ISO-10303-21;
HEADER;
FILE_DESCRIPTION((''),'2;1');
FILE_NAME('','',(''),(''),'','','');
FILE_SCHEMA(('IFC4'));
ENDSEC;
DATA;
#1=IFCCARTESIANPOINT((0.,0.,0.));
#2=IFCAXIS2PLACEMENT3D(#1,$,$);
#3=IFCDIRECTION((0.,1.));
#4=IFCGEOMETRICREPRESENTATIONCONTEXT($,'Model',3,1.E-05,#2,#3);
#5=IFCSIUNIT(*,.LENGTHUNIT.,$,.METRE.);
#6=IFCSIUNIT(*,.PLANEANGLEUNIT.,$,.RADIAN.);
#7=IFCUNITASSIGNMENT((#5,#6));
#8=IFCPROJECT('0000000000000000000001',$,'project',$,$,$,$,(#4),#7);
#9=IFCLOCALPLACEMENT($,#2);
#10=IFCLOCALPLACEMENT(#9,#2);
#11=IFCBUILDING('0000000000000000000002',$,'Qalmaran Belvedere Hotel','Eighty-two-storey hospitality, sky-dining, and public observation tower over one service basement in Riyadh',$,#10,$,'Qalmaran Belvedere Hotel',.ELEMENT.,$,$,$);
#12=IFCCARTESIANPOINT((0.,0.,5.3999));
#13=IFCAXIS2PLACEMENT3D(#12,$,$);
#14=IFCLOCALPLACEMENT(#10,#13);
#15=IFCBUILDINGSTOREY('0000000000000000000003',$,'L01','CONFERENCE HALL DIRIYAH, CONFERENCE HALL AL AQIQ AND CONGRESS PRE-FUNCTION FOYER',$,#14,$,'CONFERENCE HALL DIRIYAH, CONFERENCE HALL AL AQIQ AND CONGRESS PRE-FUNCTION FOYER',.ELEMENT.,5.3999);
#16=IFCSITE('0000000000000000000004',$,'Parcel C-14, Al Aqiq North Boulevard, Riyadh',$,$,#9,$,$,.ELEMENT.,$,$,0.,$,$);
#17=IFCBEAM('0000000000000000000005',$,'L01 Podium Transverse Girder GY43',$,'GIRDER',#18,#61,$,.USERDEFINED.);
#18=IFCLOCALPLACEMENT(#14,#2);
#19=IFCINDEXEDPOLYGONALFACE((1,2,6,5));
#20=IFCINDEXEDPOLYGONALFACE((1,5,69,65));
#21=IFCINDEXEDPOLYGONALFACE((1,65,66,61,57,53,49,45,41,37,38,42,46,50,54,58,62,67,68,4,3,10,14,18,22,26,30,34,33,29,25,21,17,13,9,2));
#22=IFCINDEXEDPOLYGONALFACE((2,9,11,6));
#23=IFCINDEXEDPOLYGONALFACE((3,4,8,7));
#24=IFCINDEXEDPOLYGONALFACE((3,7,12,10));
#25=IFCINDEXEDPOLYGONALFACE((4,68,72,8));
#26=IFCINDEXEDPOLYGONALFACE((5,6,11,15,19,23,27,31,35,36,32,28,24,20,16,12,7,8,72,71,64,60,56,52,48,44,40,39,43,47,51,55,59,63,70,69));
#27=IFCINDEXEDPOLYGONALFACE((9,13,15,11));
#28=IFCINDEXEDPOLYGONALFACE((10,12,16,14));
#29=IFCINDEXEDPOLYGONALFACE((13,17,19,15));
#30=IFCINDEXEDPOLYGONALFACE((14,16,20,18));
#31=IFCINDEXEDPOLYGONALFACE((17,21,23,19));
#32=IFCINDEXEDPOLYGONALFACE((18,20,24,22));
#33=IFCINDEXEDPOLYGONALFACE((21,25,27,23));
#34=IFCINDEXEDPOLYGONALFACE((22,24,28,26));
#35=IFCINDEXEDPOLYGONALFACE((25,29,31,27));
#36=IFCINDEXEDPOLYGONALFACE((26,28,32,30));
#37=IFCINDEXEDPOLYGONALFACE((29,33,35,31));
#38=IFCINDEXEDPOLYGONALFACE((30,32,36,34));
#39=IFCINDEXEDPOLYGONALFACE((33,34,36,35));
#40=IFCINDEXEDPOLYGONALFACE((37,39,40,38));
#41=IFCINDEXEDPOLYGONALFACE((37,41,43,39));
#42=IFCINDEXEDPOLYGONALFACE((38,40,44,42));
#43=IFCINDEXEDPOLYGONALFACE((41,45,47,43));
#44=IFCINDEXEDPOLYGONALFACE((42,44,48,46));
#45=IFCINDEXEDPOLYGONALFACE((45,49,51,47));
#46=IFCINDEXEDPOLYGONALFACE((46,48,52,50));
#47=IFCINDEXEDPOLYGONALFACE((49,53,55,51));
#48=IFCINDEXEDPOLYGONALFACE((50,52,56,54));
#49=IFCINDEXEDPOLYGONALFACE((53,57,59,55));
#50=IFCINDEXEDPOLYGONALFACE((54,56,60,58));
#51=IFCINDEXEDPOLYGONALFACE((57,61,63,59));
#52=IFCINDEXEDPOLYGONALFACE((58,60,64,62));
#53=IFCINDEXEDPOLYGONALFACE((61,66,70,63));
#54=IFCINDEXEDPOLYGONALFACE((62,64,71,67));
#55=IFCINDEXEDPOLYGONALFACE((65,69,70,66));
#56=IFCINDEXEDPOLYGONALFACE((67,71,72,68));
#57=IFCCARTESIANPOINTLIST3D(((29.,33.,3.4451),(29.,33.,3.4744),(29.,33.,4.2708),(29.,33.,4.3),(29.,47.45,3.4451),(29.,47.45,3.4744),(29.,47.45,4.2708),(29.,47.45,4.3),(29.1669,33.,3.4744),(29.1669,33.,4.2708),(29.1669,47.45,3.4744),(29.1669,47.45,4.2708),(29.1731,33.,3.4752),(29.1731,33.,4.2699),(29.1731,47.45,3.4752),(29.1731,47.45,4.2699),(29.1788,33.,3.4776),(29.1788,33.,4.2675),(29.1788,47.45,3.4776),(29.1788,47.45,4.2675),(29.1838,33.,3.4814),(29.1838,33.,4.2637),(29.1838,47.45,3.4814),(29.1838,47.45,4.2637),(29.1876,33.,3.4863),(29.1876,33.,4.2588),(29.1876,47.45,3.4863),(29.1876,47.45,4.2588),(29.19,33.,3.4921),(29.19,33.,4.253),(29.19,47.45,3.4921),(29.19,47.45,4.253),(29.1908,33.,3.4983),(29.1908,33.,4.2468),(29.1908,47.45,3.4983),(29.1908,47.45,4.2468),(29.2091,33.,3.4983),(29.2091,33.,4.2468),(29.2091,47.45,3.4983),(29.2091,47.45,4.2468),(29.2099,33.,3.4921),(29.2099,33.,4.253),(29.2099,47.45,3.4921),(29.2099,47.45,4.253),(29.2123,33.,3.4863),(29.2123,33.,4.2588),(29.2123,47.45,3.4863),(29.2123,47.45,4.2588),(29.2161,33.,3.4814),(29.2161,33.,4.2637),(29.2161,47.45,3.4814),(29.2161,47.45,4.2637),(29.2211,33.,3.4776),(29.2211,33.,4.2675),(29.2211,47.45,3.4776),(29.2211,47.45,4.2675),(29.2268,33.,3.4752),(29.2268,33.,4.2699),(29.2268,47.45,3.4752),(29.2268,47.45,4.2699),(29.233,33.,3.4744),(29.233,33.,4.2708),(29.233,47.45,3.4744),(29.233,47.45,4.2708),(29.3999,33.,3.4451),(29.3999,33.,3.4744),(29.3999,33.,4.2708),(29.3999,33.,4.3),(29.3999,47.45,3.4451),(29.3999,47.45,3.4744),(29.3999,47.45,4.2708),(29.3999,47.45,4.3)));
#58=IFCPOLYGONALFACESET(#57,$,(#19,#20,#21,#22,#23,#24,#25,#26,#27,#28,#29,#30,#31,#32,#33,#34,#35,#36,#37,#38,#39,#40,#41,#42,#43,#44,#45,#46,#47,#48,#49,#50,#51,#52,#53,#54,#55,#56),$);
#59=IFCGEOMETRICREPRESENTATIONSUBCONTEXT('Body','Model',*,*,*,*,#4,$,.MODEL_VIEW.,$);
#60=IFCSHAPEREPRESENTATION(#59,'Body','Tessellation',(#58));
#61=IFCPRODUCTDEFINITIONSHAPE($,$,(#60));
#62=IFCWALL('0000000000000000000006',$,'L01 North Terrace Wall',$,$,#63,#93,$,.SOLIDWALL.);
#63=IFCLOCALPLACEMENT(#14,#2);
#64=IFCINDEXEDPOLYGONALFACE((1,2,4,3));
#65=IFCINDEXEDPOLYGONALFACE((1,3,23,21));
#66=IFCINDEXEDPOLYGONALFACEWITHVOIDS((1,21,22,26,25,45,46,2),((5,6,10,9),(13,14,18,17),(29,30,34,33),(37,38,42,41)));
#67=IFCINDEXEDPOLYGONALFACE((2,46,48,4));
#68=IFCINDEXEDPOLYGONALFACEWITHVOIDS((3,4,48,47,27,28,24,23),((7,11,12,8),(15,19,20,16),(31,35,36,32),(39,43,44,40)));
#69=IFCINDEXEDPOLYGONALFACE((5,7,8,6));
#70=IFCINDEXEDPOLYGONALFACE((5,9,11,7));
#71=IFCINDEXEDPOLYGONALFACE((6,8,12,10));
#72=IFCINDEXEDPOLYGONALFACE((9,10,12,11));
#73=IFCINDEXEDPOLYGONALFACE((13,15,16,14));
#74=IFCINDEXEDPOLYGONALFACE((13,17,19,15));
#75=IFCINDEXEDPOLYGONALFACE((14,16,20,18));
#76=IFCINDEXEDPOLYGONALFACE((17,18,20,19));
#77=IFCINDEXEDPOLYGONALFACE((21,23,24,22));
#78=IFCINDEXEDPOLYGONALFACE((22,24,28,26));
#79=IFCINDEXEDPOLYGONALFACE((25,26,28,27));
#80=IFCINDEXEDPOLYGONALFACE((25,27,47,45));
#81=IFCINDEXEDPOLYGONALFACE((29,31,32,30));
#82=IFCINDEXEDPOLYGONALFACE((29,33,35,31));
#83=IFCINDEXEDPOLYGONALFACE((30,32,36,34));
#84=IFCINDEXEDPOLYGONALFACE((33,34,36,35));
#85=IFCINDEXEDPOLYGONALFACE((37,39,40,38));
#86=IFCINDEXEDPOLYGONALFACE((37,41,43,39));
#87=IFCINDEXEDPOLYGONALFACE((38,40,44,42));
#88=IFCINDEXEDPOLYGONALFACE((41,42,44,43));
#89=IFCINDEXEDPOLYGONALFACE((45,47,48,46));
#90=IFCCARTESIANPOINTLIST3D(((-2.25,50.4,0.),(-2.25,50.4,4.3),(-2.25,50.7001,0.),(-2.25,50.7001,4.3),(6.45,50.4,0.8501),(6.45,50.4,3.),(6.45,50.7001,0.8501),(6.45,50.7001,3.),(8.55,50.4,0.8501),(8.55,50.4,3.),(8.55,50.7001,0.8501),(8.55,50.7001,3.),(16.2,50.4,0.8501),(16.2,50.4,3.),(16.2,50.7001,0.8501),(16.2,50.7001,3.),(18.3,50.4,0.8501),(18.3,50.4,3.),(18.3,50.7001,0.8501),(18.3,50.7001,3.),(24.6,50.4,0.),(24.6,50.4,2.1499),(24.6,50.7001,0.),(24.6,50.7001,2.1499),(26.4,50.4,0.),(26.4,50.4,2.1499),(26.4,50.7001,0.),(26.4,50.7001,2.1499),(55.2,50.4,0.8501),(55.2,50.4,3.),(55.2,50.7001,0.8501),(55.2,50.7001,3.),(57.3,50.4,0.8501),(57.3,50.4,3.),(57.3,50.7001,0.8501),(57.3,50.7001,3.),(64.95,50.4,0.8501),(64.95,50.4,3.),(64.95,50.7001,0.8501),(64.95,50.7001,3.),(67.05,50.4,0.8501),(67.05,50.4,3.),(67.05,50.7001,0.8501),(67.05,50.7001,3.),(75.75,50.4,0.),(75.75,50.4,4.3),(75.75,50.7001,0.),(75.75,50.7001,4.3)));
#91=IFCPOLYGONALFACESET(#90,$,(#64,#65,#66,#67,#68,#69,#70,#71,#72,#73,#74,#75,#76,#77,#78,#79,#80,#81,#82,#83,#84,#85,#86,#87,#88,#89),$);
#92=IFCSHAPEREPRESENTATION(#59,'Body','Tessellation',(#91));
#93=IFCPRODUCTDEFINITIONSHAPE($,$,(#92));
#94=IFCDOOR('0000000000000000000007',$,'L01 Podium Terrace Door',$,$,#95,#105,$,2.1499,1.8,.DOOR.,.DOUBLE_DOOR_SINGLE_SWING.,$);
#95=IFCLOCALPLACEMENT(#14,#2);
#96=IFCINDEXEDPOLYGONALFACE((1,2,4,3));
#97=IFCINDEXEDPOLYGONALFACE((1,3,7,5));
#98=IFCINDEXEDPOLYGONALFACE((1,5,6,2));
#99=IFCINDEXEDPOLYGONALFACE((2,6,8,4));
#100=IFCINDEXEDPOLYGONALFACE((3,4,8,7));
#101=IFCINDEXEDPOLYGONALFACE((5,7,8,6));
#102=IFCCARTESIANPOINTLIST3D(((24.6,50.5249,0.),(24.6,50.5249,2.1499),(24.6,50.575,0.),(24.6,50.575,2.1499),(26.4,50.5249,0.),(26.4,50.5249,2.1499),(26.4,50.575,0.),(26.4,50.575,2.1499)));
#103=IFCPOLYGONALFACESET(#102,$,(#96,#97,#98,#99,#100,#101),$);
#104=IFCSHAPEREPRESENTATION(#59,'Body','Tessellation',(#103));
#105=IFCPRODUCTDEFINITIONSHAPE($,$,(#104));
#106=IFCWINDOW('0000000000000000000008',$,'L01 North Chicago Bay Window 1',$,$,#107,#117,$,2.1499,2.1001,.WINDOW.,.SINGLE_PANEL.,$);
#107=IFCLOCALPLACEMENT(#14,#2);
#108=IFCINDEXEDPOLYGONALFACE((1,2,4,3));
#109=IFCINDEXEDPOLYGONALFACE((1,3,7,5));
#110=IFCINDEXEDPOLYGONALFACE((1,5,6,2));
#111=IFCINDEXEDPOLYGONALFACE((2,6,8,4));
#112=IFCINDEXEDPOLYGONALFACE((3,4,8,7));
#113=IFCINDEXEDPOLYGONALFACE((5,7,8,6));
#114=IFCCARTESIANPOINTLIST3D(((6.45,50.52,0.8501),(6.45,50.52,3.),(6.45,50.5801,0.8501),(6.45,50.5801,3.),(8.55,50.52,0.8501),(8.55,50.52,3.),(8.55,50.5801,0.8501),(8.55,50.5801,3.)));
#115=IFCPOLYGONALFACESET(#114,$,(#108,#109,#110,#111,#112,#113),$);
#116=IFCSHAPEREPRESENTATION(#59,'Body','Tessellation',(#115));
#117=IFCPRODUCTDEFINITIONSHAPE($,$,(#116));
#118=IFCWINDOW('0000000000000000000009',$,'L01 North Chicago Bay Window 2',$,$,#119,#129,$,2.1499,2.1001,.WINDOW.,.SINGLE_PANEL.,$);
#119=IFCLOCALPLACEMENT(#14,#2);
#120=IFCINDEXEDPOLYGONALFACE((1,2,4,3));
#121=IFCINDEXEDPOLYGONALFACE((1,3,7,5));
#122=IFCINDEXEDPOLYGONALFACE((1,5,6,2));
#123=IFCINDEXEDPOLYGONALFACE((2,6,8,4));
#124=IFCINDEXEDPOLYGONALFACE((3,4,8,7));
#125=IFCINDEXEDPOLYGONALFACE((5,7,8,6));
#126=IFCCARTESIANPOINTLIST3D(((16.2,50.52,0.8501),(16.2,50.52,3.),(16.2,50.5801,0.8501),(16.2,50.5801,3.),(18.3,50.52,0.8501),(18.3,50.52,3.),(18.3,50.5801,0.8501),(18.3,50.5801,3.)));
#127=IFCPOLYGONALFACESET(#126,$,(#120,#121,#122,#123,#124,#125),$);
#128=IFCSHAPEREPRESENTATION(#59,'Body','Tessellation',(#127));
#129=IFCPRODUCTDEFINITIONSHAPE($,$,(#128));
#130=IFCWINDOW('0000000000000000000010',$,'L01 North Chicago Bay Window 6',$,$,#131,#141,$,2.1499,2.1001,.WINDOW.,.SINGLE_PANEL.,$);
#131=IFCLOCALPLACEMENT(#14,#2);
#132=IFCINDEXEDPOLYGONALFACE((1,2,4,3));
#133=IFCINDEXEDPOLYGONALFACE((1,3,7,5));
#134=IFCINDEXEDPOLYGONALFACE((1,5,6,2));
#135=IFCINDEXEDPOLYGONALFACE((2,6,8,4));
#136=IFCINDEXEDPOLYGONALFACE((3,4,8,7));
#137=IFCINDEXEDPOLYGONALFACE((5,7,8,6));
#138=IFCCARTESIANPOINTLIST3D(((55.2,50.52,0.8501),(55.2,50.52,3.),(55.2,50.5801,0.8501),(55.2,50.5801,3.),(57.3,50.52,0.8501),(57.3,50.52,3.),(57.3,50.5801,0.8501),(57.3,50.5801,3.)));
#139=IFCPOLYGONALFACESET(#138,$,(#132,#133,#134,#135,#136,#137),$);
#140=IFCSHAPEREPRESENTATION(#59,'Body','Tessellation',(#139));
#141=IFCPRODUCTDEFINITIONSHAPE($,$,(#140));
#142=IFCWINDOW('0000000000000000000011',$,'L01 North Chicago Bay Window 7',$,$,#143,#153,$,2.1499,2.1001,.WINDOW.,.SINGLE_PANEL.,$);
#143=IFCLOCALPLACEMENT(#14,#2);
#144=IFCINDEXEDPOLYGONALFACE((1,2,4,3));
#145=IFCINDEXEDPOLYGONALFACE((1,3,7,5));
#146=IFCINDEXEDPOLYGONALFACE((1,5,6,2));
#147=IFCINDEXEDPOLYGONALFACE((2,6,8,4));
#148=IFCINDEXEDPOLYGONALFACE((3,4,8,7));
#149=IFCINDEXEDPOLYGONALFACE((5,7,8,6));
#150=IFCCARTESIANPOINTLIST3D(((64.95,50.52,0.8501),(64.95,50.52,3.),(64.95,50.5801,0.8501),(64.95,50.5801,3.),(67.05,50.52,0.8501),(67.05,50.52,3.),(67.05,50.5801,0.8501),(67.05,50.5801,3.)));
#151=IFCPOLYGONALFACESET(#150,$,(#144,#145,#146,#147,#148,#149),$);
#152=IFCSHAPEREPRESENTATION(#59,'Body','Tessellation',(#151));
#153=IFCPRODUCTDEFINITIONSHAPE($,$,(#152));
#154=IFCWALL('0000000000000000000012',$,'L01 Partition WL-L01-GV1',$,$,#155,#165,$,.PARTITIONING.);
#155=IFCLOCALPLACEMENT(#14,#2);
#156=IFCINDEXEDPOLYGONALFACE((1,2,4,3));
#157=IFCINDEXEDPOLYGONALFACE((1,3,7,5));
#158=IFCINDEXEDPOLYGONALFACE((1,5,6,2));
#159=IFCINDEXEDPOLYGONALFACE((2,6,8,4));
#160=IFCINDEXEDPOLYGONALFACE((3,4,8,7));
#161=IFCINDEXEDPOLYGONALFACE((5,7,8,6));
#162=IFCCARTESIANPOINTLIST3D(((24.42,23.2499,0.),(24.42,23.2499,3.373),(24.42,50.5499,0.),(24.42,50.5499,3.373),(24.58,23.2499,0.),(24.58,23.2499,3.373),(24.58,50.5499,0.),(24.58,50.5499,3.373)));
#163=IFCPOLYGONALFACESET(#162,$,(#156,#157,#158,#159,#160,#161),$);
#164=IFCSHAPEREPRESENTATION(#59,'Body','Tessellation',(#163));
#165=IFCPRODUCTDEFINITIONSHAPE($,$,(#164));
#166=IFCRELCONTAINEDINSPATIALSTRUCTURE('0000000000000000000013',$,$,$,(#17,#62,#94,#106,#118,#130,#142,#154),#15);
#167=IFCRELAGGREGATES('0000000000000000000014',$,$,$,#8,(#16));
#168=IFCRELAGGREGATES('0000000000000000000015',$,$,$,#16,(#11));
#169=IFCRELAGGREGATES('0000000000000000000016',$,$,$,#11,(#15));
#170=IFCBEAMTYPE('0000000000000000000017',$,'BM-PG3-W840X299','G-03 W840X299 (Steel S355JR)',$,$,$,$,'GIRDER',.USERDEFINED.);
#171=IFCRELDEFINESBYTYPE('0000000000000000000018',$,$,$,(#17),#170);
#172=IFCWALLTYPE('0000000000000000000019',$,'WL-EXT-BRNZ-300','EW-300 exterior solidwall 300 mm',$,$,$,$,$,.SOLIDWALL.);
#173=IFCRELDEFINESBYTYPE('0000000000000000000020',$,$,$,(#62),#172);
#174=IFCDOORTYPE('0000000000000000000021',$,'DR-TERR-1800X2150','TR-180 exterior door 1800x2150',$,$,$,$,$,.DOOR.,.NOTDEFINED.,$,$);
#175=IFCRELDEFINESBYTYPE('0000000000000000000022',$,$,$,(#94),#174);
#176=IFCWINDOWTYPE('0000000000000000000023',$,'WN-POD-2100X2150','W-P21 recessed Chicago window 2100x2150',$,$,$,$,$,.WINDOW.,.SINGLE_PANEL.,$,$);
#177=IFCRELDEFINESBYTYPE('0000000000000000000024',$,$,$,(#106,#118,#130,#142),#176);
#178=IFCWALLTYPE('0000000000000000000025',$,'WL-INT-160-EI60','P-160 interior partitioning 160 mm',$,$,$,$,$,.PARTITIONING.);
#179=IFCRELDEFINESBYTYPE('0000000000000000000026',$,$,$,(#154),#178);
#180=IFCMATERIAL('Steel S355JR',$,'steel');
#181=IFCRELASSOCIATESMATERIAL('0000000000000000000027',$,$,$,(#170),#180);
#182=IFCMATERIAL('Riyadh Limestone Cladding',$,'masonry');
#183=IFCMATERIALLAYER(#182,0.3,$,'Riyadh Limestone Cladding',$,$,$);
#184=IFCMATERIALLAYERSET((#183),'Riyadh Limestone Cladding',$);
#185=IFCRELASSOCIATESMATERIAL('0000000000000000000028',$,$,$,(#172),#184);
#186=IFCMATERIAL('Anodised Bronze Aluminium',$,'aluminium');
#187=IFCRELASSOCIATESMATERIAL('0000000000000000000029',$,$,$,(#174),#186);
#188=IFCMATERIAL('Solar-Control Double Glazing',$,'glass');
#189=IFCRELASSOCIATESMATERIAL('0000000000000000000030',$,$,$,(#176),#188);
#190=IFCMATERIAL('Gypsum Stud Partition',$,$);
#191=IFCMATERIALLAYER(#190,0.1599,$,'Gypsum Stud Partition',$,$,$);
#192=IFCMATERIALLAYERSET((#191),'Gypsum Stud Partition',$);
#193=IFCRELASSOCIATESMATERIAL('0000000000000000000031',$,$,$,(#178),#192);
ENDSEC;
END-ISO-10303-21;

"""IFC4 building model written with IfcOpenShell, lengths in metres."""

from ifc_helpers import new_model, si_unit, direction, frame, frame_2d, origin, origin_2d, place, context, subcontext, project, spatial, rectangle, i_section, extrude, material, layer, layer_set, material_profile, profile_set, type_object, element, fill, save


model = new_model("IFC4")

# Units and contexts
model_context = context("Model", 3, precision=1e-05, world=origin(), true_north=direction((0.0, 1.0)))
body_context = subcontext(model_context, "Body", "Model", "MODEL_VIEW")
ifc_project = project(units=[si_unit("LENGTHUNIT", "METRE"), si_unit("PLANEANGLEUNIT", "RADIAN")], contexts=[model_context])

# Site, building, storey
site_placement = place(None, origin())
site = spatial("IfcSite", under=ifc_project, at=site_placement, Name="Parcel C-14, Al Aqiq North Boulevard, Riyadh", CompositionType="ELEMENT", RefElevation=0.0)
building_placement = place(site_placement, origin())
building = spatial("IfcBuilding", under=site, at=building_placement, Name="Qalmaran Belvedere Hotel", Description="Eighty-two-storey hospitality, sky-dining, and public observation tower over one service basement in Riyadh", LongName="Qalmaran Belvedere Hotel", CompositionType="ELEMENT")
storey_placement = place(building_placement, frame((0.0, 0.0, 5.3999)))
storey = spatial("IfcBuildingStorey", under=building, at=storey_placement, Name="L01", Description="CONFERENCE HALL DIRIYAH, CONFERENCE HALL AL AQIQ AND CONGRESS PRE-FUNCTION FOYER", LongName="CONFERENCE HALL DIRIYAH, CONFERENCE HALL AL AQIQ AND CONGRESS PRE-FUNCTION FOYER", CompositionType="ELEMENT", Elevation=5.3999)

# Beam
ifc_material_1 = material(Name="Steel S355JR", Category="steel")
ifc_material_profile_1 = material_profile(ifc_material_1, i_section(OverallWidth=0.3999, OverallDepth=0.855, WebThickness=0.0183, FlangeThickness=0.0293, FilletRadius=0.0239, at=origin_2d()), Name="W840X299")
ifc_profile_set_1 = profile_set([ifc_material_profile_1], Name="Steel S355JR")
beam_type_1 = type_object("IfcBeamType", Name="BM-PG3-W840X299", Description="G-03 W840X299 (Steel S355JR)", ElementType="GIRDER", PredefinedType="USERDEFINED", material=ifc_profile_set_1)
for number, where, z_axis, x_axis, name in (
    (1, (29.2, 33.0, 3.8726), (0.0, 1.0, 0.0), (-1.0, 0.0, 0.0), "L01 Podium Transverse Girder GY43"),
):
    element("IfcBeam", number, at=place(storey_placement, frame(where, z_axis=z_axis, x_axis=x_axis)), inside=storey, type_object=beam_type_1, Name=name, ObjectType="GIRDER", PredefinedType="USERDEFINED", context=body_context, shape_type="SweptSolid", body=[
        extrude(i_section(OverallWidth=0.3999, OverallDepth=0.855, WebThickness=0.0183, FlangeThickness=0.0293, FilletRadius=0.0239, at=origin_2d()), origin(), (0.0, 0.0, 1.0), 14.45),
    ])

# Wall, openings, door, windows
ifc_material_2 = material(Name="Riyadh Limestone Cladding", Category="masonry")
ifc_layer_1 = layer(ifc_material_2, 0.3, Name="Riyadh Limestone Cladding")
ifc_layer_set_1 = layer_set([ifc_layer_1], Name="Riyadh Limestone Cladding")
wall_type_1 = type_object("IfcWallType", Name="WL-EXT-BRNZ-300", Description="EW-300 exterior solidwall 300 mm", PredefinedType="SOLIDWALL", material=ifc_layer_set_1)
wall_1_placement = place(storey_placement, frame((-2.25, 50.55, 0.0), z_axis=(0.0, 0.0, 1.0), x_axis=(1.0, 0.0, 0.0)))
wall_1 = element("IfcWall", 2, at=wall_1_placement, inside=storey, type_object=wall_type_1, Name="L01 North Terrace Wall", PredefinedType="SOLIDWALL", context=body_context, shape_type="SweptSolid", body=[
    extrude(rectangle(XDim=78.0, YDim=0.3, at=frame_2d((39.0, 0.0))), origin(), (0.0, 0.0, 1.0), 4.3),
])
opening_1_placement = place(wall_1_placement, frame((26.8501, 0.0, 0.0)))
opening_1 = element("IfcOpeningElement", 3, at=opening_1_placement, cuts=wall_1, PredefinedType="OPENING", context=body_context, shape_type="SweptSolid", body=[
    extrude(rectangle(XDim=1.8, YDim=2.1499, at=frame_2d((0.8999, 1.075))), frame((0.0, 0.1602, 0.0), z_axis=(0.0, -1.0, 0.0), x_axis=(1.0, 0.0, 0.0)), (0.0, 0.0, 1.0), 0.3201),
])
opening_2_placement = place(wall_1_placement, frame((8.7, 0.0, 0.8501)))
opening_2 = element("IfcOpeningElement", 4, at=opening_2_placement, cuts=wall_1, PredefinedType="OPENING", context=body_context, shape_type="SweptSolid", body=[
    extrude(rectangle(XDim=2.1001, YDim=2.1499, at=frame_2d((1.05, 1.075))), frame((0.0, 0.1602, 0.0), z_axis=(0.0, -1.0, 0.0), x_axis=(1.0, 0.0, 0.0)), (0.0, 0.0, 1.0), 0.3201),
])
opening_3_placement = place(wall_1_placement, frame((18.45, 0.0, 0.8501)))
opening_3 = element("IfcOpeningElement", 5, at=opening_3_placement, cuts=wall_1, PredefinedType="OPENING", context=body_context, shape_type="SweptSolid", body=[
    extrude(rectangle(XDim=2.1001, YDim=2.1499, at=frame_2d((1.05, 1.075))), frame((0.0, 0.1602, 0.0), z_axis=(0.0, -1.0, 0.0), x_axis=(1.0, 0.0, 0.0)), (0.0, 0.0, 1.0), 0.3201),
])
opening_4_placement = place(wall_1_placement, frame((57.45, 0.0, 0.8501)))
opening_4 = element("IfcOpeningElement", 6, at=opening_4_placement, cuts=wall_1, PredefinedType="OPENING", context=body_context, shape_type="SweptSolid", body=[
    extrude(rectangle(XDim=2.1001, YDim=2.1499, at=frame_2d((1.05, 1.075))), frame((0.0, 0.1602, 0.0), z_axis=(0.0, -1.0, 0.0), x_axis=(1.0, 0.0, 0.0)), (0.0, 0.0, 1.0), 0.3201),
])
opening_5_placement = place(wall_1_placement, frame((67.2, 0.0, 0.8501)))
opening_5 = element("IfcOpeningElement", 7, at=opening_5_placement, cuts=wall_1, PredefinedType="OPENING", context=body_context, shape_type="SweptSolid", body=[
    extrude(rectangle(XDim=2.1001, YDim=2.1499, at=frame_2d((1.05, 1.075))), frame((0.0, 0.1602, 0.0), z_axis=(0.0, -1.0, 0.0), x_axis=(1.0, 0.0, 0.0)), (0.0, 0.0, 1.0), 0.3201),
])
ifc_material_3 = material(Name="Anodised Bronze Aluminium", Category="aluminium")
door_type_1 = type_object("IfcDoorType", Name="DR-TERR-1800X2150", Description="TR-180 exterior door 1800x2150", OperationType="NOTDEFINED", PredefinedType="DOOR", material=ifc_material_3)
door_1_placement = place(opening_1_placement, origin())
door_1 = element("IfcDoor", 8, at=door_1_placement, inside=storey, type_object=door_type_1, Name="L01 Podium Terrace Door", OperationType="DOUBLE_DOOR_SINGLE_SWING", OverallHeight=2.1499, OverallWidth=1.8, PredefinedType="DOOR", context=body_context, shape_type="SweptSolid", body=[
    extrude(rectangle(XDim=1.8, YDim=2.1499, at=frame_2d((0.8999, 1.075))), frame((0.0, 0.0249, 0.0), z_axis=(0.0, -1.0, 0.0), x_axis=(1.0, 0.0, 0.0)), (0.0, 0.0, 1.0), 0.05),
])
fill(opening_1, door_1)
ifc_material_4 = material(Name="Solar-Control Double Glazing", Category="glass")
window_type = type_object("IfcWindowType", Name="WN-POD-2100X2150", Description="W-P21 recessed Chicago window 2100x2150", PartitioningType="SINGLE_PANEL", PredefinedType="WINDOW", material=ifc_material_4)
window_1_placement = place(opening_2_placement, origin())
window_1 = element("IfcWindow", 9, at=window_1_placement, inside=storey, type_object=window_type, Name="L01 North Chicago Bay Window 1", OverallHeight=2.1499, OverallWidth=2.1001, PartitioningType="SINGLE_PANEL", PredefinedType="WINDOW", context=body_context, shape_type="SweptSolid", body=[
    extrude(rectangle(XDim=2.1001, YDim=2.1499, at=frame_2d((1.05, 1.075))), frame((0.0, 0.03, 0.0), z_axis=(0.0, -1.0, 0.0), x_axis=(1.0, 0.0, 0.0)), (0.0, 0.0, 1.0), 0.0601),
])
fill(opening_2, window_1)
window_2_placement = place(opening_3_placement, origin())
window_2 = element("IfcWindow", 10, at=window_2_placement, inside=storey, type_object=window_type, Name="L01 North Chicago Bay Window 2", OverallHeight=2.1499, OverallWidth=2.1001, PartitioningType="SINGLE_PANEL", PredefinedType="WINDOW", context=body_context, shape_type="SweptSolid", body=[
    extrude(rectangle(XDim=2.1001, YDim=2.1499, at=frame_2d((1.05, 1.075))), frame((0.0, 0.03, 0.0), z_axis=(0.0, -1.0, 0.0), x_axis=(1.0, 0.0, 0.0)), (0.0, 0.0, 1.0), 0.0601),
])
fill(opening_3, window_2)
window_3_placement = place(opening_4_placement, origin())
window_3 = element("IfcWindow", 11, at=window_3_placement, inside=storey, type_object=window_type, Name="L01 North Chicago Bay Window 6", OverallHeight=2.1499, OverallWidth=2.1001, PartitioningType="SINGLE_PANEL", PredefinedType="WINDOW", context=body_context, shape_type="SweptSolid", body=[
    extrude(rectangle(XDim=2.1001, YDim=2.1499, at=frame_2d((1.05, 1.075))), frame((0.0, 0.03, 0.0), z_axis=(0.0, -1.0, 0.0), x_axis=(1.0, 0.0, 0.0)), (0.0, 0.0, 1.0), 0.0601),
])
fill(opening_4, window_3)
window_4_placement = place(opening_5_placement, origin())
window_4 = element("IfcWindow", 12, at=window_4_placement, inside=storey, type_object=window_type, Name="L01 North Chicago Bay Window 7", OverallHeight=2.1499, OverallWidth=2.1001, PartitioningType="SINGLE_PANEL", PredefinedType="WINDOW", context=body_context, shape_type="SweptSolid", body=[
    extrude(rectangle(XDim=2.1001, YDim=2.1499, at=frame_2d((1.05, 1.075))), frame((0.0, 0.03, 0.0), z_axis=(0.0, -1.0, 0.0), x_axis=(1.0, 0.0, 0.0)), (0.0, 0.0, 1.0), 0.0601),
])
fill(opening_5, window_4)

# Wall
ifc_material_5 = material(Name="Gypsum Stud Partition")
ifc_layer_2 = layer(ifc_material_5, 0.1599, Name="Gypsum Stud Partition")
ifc_layer_set_2 = layer_set([ifc_layer_2], Name="Gypsum Stud Partition")
wall_type_2 = type_object("IfcWallType", Name="WL-INT-160-EI60", Description="P-160 interior partitioning 160 mm", PredefinedType="PARTITIONING", material=ifc_layer_set_2)
wall_2_placement = place(storey_placement, frame((24.5, 23.25, 0.0), z_axis=(0.0, 0.0, 1.0), x_axis=(0.0, 1.0, 0.0)))
element("IfcWall", 13, at=wall_2_placement, inside=storey, type_object=wall_type_2, Name="L01 Partition WL-L01-GV1", PredefinedType="PARTITIONING", context=body_context, shape_type="SweptSolid", body=[
    extrude(rectangle(XDim=27.3, YDim=0.1599, at=frame_2d((13.6499, 0.0))), origin(), (0.0, 0.0, 1.0), 3.373),
])

save(model, "model.ifc")
